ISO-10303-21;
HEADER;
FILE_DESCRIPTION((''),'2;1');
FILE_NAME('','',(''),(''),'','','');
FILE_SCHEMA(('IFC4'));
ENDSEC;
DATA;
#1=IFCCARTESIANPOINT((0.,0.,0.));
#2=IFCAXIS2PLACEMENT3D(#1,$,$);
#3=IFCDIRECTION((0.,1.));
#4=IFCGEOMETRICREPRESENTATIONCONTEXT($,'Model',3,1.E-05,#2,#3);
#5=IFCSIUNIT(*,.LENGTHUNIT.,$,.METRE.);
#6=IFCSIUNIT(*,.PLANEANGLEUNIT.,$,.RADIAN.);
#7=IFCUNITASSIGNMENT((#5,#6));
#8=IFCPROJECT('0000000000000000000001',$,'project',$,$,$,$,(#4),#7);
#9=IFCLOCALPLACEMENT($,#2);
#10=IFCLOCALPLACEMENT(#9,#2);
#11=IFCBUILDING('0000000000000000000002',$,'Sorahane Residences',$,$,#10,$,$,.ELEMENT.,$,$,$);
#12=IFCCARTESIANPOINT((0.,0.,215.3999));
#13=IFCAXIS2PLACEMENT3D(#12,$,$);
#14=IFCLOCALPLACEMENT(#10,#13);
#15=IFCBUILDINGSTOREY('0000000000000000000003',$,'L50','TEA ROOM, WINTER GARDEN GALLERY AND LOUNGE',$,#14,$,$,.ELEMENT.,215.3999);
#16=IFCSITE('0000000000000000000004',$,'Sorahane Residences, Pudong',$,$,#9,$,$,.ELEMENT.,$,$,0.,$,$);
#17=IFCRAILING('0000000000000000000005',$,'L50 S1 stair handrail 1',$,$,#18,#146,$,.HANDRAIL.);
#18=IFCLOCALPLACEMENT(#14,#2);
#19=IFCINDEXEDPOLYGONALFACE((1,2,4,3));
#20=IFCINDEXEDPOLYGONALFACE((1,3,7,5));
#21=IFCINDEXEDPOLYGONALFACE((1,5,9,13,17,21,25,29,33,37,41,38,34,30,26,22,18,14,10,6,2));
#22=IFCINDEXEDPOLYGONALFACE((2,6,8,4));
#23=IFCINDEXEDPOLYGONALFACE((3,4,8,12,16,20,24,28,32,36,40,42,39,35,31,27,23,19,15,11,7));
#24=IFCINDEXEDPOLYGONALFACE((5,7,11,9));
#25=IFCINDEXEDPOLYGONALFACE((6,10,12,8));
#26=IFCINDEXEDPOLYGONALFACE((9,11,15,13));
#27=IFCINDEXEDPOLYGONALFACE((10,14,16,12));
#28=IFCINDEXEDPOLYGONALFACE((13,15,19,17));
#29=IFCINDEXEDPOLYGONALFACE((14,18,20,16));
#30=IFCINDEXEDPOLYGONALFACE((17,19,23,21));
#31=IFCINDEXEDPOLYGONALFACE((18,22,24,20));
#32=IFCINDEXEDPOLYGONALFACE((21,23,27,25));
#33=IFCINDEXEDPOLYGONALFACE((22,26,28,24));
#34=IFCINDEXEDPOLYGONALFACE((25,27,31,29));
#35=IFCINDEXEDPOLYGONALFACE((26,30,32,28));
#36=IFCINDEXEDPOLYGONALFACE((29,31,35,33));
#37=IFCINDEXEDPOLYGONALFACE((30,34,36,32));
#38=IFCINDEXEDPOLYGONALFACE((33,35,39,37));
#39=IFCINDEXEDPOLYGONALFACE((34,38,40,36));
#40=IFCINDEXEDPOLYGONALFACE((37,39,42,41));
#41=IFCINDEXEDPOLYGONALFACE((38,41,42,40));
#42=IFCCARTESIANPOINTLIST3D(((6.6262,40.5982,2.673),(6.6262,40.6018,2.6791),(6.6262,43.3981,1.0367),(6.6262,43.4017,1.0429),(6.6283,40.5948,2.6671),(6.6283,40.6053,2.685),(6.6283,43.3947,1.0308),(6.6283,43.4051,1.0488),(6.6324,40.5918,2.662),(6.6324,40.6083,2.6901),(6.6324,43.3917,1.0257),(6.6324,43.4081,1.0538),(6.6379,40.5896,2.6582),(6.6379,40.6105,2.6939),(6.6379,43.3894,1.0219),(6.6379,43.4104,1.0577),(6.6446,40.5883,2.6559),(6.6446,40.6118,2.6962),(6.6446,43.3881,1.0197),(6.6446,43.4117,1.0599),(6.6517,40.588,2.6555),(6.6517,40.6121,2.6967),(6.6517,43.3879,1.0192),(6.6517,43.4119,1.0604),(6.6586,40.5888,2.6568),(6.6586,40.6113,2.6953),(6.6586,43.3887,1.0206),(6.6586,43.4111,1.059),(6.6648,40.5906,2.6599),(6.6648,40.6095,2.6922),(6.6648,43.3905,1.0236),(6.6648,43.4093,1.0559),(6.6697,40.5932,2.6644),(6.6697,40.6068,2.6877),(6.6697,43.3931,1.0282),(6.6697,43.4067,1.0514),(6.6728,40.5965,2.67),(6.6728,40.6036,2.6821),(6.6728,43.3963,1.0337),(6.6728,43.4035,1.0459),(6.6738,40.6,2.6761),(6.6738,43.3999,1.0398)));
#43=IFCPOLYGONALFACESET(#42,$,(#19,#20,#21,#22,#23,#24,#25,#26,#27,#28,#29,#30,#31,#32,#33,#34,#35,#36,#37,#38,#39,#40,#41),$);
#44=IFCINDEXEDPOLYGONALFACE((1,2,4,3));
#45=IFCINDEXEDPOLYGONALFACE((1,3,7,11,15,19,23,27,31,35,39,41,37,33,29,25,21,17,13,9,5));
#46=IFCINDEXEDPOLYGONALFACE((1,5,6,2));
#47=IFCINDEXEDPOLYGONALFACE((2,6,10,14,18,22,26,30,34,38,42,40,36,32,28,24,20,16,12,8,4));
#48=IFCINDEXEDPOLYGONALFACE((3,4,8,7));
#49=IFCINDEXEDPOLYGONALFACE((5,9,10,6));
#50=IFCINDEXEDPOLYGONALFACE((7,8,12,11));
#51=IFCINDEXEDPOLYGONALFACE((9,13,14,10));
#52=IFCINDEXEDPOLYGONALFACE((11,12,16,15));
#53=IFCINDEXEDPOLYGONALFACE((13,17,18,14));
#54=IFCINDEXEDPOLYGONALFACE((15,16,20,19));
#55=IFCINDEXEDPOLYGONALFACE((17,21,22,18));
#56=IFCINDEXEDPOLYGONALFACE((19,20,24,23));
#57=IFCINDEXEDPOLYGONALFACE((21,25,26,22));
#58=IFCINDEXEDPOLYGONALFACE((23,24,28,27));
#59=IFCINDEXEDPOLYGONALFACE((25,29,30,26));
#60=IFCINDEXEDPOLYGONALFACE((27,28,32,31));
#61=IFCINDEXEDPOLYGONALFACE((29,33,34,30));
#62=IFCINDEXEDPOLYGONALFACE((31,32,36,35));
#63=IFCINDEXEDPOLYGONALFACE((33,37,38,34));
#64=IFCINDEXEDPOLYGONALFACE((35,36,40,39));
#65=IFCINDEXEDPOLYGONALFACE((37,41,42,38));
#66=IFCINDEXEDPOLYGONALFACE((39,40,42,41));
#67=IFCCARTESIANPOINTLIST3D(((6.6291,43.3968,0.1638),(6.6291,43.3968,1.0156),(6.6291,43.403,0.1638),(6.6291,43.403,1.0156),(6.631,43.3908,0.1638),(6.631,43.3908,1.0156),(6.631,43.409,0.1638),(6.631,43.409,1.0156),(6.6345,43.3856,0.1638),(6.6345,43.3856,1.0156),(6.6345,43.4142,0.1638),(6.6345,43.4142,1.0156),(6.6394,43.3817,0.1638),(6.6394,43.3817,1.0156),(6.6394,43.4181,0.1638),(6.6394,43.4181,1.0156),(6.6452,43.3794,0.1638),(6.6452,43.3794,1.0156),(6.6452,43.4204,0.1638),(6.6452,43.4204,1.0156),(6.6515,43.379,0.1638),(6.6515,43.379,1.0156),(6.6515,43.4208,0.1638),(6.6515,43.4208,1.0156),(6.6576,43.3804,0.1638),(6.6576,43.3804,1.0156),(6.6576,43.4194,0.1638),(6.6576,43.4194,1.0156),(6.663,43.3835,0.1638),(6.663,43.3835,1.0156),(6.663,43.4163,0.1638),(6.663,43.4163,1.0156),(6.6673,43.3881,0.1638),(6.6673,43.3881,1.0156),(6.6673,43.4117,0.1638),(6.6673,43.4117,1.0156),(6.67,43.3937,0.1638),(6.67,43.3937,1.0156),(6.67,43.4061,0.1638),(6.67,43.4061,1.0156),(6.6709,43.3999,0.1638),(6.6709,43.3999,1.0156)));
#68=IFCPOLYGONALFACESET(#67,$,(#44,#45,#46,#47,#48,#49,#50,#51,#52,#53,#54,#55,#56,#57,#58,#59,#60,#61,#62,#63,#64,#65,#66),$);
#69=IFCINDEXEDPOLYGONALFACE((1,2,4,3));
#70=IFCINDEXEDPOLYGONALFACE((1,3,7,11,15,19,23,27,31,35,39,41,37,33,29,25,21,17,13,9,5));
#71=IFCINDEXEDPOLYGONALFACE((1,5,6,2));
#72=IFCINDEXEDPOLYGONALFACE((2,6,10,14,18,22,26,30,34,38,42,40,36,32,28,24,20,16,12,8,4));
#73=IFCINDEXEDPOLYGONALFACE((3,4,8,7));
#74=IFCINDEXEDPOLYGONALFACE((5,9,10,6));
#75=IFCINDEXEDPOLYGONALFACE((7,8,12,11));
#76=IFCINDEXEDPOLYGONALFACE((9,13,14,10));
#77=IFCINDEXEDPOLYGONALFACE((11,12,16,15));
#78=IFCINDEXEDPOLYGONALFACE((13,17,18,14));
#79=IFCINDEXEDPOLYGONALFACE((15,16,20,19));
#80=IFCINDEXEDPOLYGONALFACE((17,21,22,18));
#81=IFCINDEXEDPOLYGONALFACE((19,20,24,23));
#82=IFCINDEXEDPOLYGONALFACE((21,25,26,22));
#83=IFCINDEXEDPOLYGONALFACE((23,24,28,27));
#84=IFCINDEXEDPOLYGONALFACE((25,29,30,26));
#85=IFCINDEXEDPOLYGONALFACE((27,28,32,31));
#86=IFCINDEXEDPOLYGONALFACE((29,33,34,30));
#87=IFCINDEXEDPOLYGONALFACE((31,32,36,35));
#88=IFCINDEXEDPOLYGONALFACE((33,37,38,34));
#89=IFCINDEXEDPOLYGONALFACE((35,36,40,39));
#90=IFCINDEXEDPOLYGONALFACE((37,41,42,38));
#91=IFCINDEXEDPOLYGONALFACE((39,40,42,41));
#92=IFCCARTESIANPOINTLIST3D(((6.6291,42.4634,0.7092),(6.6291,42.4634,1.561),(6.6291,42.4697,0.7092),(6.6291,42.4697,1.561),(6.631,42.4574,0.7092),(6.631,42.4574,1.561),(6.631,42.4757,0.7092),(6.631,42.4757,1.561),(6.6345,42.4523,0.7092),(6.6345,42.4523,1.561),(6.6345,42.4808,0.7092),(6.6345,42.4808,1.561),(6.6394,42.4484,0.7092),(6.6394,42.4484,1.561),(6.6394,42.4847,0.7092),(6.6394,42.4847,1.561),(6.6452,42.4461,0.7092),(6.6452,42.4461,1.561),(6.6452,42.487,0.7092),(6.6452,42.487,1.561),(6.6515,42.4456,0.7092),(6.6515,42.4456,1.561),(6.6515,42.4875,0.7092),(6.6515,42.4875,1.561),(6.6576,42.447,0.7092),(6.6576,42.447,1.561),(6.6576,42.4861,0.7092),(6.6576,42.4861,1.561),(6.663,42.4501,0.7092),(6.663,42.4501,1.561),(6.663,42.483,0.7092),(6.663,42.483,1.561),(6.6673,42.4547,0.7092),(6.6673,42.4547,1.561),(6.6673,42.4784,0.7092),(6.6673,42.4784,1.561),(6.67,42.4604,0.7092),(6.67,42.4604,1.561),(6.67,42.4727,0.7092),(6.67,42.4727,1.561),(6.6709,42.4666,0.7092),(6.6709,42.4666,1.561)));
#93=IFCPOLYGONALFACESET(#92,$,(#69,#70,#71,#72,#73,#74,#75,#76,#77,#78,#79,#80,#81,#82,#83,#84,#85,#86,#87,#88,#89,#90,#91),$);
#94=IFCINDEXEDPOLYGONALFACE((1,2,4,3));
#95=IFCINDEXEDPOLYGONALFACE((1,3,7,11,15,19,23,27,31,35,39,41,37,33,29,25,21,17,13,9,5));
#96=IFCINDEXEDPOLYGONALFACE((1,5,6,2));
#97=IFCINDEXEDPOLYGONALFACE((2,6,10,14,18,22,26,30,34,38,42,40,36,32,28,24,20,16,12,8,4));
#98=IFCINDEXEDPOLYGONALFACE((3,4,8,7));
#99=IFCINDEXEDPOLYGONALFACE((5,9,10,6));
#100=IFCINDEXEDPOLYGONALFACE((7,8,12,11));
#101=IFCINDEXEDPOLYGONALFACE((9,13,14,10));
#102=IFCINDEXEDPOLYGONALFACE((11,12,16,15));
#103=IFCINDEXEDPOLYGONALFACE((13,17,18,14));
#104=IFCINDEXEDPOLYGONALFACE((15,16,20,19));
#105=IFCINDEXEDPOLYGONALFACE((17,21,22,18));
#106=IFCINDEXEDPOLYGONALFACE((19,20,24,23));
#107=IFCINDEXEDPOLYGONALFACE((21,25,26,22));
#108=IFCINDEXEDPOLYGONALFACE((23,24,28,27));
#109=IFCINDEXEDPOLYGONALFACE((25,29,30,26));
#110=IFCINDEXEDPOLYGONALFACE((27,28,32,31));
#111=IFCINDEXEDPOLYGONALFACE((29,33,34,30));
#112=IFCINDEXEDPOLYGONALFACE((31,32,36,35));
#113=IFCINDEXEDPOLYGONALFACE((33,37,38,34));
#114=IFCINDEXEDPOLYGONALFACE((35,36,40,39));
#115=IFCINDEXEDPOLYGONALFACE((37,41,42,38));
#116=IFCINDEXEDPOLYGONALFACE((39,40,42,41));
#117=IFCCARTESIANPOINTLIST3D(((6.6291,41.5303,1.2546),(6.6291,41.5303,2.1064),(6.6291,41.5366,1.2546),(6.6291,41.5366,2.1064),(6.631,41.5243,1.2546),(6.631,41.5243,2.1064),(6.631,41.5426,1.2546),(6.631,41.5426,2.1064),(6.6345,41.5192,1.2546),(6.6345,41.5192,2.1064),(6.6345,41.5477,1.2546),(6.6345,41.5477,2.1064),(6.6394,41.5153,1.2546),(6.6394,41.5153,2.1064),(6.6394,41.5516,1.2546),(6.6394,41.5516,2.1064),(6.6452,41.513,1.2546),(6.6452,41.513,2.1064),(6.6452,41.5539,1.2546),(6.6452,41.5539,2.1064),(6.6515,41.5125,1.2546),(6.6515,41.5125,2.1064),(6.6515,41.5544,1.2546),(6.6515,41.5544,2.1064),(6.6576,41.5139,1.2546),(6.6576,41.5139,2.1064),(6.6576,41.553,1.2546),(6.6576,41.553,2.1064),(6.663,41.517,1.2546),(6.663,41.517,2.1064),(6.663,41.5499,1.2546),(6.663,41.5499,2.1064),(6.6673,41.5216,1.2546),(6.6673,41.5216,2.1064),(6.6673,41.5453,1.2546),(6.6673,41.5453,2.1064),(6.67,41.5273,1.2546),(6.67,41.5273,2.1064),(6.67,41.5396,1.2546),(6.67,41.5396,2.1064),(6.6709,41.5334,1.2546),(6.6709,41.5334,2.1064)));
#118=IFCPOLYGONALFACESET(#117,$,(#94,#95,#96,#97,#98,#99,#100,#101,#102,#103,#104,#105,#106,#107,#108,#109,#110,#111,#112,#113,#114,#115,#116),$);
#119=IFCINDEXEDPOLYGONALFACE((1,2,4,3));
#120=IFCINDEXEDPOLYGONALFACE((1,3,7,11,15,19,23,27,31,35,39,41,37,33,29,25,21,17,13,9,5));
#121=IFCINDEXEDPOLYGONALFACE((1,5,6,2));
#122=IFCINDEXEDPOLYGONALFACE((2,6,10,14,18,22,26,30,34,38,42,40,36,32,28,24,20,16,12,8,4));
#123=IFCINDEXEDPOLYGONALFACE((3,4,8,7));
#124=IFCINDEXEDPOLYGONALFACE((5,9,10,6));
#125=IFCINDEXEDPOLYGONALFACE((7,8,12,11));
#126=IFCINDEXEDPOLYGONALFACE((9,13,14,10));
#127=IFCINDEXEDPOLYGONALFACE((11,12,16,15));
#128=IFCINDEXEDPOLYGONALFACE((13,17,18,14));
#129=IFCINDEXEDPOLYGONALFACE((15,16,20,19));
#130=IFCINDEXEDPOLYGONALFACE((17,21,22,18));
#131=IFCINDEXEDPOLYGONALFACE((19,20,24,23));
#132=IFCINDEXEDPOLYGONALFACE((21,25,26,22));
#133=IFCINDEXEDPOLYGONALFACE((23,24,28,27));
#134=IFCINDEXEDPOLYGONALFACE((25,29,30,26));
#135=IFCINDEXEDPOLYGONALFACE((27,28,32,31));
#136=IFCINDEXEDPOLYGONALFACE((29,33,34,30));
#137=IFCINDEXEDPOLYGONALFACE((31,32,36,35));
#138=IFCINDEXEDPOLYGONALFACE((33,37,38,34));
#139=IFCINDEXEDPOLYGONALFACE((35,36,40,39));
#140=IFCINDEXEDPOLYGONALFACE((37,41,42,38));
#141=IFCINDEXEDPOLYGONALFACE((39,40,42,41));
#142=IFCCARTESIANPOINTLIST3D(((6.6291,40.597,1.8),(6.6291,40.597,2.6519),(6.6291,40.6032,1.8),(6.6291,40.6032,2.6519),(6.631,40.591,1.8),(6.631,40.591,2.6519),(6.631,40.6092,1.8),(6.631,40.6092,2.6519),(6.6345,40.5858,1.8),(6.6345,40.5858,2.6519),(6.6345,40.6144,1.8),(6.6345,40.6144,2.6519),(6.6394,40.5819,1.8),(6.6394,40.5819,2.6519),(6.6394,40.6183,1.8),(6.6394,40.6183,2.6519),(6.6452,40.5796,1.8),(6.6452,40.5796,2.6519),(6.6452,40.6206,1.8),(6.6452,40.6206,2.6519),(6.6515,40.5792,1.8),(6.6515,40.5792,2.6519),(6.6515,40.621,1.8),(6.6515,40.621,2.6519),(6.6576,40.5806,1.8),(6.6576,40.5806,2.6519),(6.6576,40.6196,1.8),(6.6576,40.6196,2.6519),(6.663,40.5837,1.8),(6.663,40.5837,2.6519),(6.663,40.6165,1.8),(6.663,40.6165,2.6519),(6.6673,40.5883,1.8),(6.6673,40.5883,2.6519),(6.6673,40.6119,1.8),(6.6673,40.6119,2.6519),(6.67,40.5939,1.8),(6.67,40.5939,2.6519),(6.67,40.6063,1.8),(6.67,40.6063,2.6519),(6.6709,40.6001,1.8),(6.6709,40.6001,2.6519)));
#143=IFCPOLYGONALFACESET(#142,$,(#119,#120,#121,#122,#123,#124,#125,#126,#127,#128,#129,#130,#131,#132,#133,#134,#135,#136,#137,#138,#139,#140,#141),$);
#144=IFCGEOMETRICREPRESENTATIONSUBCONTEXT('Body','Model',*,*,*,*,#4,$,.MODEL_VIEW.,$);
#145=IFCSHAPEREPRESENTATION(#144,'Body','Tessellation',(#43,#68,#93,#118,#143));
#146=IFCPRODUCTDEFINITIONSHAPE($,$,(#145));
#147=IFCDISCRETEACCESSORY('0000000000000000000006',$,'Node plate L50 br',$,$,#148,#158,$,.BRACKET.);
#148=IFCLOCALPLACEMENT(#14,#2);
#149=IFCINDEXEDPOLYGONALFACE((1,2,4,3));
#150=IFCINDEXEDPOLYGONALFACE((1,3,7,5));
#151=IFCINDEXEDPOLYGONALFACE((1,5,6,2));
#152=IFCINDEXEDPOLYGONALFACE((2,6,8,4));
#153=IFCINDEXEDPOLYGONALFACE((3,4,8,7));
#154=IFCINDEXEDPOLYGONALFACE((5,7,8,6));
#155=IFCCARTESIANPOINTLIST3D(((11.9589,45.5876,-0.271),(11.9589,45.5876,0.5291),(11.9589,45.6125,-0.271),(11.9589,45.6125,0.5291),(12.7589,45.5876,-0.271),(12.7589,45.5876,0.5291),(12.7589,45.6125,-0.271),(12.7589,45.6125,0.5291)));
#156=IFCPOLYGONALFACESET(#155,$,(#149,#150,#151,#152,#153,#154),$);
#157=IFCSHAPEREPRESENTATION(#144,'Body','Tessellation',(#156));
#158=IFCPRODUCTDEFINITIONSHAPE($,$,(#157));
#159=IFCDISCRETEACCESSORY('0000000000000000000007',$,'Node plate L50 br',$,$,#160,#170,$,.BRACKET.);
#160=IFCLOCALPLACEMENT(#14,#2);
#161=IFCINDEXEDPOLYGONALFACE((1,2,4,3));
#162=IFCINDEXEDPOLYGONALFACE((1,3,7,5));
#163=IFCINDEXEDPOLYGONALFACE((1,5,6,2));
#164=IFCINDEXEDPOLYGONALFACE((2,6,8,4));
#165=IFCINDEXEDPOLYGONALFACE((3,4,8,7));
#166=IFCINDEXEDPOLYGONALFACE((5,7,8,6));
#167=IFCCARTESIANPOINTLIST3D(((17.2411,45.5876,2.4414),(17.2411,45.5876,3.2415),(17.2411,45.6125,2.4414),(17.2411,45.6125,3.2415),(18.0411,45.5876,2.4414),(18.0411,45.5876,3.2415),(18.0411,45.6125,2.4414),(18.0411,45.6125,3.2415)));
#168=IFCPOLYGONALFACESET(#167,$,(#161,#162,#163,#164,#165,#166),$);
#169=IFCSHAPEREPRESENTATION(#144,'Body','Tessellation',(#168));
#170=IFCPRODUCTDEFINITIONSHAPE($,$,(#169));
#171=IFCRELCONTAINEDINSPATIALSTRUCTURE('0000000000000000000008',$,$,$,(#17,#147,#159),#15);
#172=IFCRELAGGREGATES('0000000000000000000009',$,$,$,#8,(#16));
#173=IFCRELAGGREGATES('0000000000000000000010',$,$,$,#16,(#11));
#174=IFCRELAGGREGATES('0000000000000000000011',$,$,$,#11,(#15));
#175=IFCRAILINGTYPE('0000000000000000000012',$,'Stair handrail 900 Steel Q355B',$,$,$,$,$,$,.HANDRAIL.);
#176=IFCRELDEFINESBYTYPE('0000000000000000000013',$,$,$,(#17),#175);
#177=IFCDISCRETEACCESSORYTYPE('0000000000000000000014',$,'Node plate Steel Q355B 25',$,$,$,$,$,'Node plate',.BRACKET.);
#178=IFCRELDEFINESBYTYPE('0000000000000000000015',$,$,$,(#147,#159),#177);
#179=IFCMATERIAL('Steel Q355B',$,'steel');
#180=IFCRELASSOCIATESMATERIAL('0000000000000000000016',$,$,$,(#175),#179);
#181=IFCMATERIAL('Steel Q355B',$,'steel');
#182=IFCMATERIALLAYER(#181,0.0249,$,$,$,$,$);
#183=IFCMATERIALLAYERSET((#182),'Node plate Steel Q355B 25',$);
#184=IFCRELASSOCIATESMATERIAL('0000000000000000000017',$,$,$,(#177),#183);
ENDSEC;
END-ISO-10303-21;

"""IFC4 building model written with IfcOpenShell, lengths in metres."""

from ifc_helpers import new_model, si_unit, direction, frame, origin, origin_2d, place, context, subcontext, project, spatial, rectangle, circle, extrude, material, layer, layer_set, type_object, element, save


model = new_model("IFC4")

# Units and contexts
model_context = context("Model", 3, precision=1e-05, world=origin(), true_north=direction((0.0, 1.0)))
body_context = subcontext(model_context, "Body", "Model", "MODEL_VIEW")
ifc_project = project(units=[si_unit("LENGTHUNIT", "METRE"), si_unit("PLANEANGLEUNIT", "RADIAN")], contexts=[model_context])

# Site, building, storey
site_placement = place(None, origin())
site = spatial("IfcSite", under=ifc_project, at=site_placement, Name="Sorahane Residences, Pudong", CompositionType="ELEMENT", RefElevation=0.0)
building_placement = place(site_placement, origin())
building = spatial("IfcBuilding", under=site, at=building_placement, Name="Sorahane Residences", CompositionType="ELEMENT")
storey_placement = place(building_placement, frame((0.0, 0.0, 215.3999)))
storey = spatial("IfcBuildingStorey", under=building, at=storey_placement, Name="L50", Description="TEA ROOM, WINTER GARDEN GALLERY AND LOUNGE", CompositionType="ELEMENT", Elevation=215.3999)

# Railing
ifc_material_1 = material(Name="Steel Q355B", Category="steel")
railing_type_1 = type_object("IfcRailingType", Name="Stair handrail 900 Steel Q355B", PredefinedType="HANDRAIL", material=ifc_material_1)
railing_1_placement = place(storey_placement, frame((6.6499, 43.3999, 0.1638)))
element("IfcRailing", 1, at=railing_1_placement, inside=storey, type_object=railing_type_1, Name="L50 S1 stair handrail 1", PredefinedType="HANDRAIL", context=body_context, shape_type="SweptSolid", body=[
    extrude(circle(Radius=0.0239, at=origin_2d()), frame((0.0, 0.0, 0.876), z_axis=(0.0, -0.863374, 0.504564), x_axis=(1.0, 0.0, 0.0)), (0.0, 0.0, 1.0), 3.2429),
    extrude(circle(Radius=0.021, at=origin_2d()), origin(), (0.0, 0.0, 1.0), 0.8518),
    extrude(circle(Radius=0.021, at=origin_2d()), frame((0.0, -0.9333, 0.5454)), (0.0, 0.0, 1.0), 0.8518),
    extrude(circle(Radius=0.021, at=origin_2d()), frame((0.0, -1.8665, 1.0908)), (0.0, 0.0, 1.0), 0.8518),
    extrude(circle(Radius=0.021, at=origin_2d()), frame((0.0, -2.7998, 1.6362)), (0.0, 0.0, 1.0), 0.8518),
])

# Discrete accessories
ifc_material_2 = material(Name="Steel Q355B", Category="steel")
ifc_layer_1 = layer(ifc_material_2, 0.0249)
ifc_layer_set_1 = layer_set([ifc_layer_1], Name="Node plate Steel Q355B 25")
discrete_accessory_type = type_object("IfcDiscreteAccessoryType", Name="Node plate Steel Q355B 25", ElementType="Node plate", PredefinedType="BRACKET", material=ifc_layer_set_1)
for number, where, z_axis, x_axis, name in (
    (2, (12.3589, 45.6001, -0.271), (0.0, 0.0, 1.0), (1.0, 0.0, 0.0), "Node plate L50 br"),
    (3, (17.6411, 45.6001, 2.4414), (0.0, 0.0, 1.0), (1.0, 0.0, 0.0), "Node plate L50 br"),
):
    element("IfcDiscreteAccessory", number, at=place(storey_placement, frame(where, z_axis=z_axis, x_axis=x_axis)), inside=storey, type_object=discrete_accessory_type, Name=name, PredefinedType="BRACKET", context=body_context, shape_type="SweptSolid", body=[
        extrude(rectangle(XDim=0.8, YDim=0.0249, at=origin_2d()), origin(), (0.0, 0.0, 1.0), 0.8),
    ])

save(model, "model.ifc")
